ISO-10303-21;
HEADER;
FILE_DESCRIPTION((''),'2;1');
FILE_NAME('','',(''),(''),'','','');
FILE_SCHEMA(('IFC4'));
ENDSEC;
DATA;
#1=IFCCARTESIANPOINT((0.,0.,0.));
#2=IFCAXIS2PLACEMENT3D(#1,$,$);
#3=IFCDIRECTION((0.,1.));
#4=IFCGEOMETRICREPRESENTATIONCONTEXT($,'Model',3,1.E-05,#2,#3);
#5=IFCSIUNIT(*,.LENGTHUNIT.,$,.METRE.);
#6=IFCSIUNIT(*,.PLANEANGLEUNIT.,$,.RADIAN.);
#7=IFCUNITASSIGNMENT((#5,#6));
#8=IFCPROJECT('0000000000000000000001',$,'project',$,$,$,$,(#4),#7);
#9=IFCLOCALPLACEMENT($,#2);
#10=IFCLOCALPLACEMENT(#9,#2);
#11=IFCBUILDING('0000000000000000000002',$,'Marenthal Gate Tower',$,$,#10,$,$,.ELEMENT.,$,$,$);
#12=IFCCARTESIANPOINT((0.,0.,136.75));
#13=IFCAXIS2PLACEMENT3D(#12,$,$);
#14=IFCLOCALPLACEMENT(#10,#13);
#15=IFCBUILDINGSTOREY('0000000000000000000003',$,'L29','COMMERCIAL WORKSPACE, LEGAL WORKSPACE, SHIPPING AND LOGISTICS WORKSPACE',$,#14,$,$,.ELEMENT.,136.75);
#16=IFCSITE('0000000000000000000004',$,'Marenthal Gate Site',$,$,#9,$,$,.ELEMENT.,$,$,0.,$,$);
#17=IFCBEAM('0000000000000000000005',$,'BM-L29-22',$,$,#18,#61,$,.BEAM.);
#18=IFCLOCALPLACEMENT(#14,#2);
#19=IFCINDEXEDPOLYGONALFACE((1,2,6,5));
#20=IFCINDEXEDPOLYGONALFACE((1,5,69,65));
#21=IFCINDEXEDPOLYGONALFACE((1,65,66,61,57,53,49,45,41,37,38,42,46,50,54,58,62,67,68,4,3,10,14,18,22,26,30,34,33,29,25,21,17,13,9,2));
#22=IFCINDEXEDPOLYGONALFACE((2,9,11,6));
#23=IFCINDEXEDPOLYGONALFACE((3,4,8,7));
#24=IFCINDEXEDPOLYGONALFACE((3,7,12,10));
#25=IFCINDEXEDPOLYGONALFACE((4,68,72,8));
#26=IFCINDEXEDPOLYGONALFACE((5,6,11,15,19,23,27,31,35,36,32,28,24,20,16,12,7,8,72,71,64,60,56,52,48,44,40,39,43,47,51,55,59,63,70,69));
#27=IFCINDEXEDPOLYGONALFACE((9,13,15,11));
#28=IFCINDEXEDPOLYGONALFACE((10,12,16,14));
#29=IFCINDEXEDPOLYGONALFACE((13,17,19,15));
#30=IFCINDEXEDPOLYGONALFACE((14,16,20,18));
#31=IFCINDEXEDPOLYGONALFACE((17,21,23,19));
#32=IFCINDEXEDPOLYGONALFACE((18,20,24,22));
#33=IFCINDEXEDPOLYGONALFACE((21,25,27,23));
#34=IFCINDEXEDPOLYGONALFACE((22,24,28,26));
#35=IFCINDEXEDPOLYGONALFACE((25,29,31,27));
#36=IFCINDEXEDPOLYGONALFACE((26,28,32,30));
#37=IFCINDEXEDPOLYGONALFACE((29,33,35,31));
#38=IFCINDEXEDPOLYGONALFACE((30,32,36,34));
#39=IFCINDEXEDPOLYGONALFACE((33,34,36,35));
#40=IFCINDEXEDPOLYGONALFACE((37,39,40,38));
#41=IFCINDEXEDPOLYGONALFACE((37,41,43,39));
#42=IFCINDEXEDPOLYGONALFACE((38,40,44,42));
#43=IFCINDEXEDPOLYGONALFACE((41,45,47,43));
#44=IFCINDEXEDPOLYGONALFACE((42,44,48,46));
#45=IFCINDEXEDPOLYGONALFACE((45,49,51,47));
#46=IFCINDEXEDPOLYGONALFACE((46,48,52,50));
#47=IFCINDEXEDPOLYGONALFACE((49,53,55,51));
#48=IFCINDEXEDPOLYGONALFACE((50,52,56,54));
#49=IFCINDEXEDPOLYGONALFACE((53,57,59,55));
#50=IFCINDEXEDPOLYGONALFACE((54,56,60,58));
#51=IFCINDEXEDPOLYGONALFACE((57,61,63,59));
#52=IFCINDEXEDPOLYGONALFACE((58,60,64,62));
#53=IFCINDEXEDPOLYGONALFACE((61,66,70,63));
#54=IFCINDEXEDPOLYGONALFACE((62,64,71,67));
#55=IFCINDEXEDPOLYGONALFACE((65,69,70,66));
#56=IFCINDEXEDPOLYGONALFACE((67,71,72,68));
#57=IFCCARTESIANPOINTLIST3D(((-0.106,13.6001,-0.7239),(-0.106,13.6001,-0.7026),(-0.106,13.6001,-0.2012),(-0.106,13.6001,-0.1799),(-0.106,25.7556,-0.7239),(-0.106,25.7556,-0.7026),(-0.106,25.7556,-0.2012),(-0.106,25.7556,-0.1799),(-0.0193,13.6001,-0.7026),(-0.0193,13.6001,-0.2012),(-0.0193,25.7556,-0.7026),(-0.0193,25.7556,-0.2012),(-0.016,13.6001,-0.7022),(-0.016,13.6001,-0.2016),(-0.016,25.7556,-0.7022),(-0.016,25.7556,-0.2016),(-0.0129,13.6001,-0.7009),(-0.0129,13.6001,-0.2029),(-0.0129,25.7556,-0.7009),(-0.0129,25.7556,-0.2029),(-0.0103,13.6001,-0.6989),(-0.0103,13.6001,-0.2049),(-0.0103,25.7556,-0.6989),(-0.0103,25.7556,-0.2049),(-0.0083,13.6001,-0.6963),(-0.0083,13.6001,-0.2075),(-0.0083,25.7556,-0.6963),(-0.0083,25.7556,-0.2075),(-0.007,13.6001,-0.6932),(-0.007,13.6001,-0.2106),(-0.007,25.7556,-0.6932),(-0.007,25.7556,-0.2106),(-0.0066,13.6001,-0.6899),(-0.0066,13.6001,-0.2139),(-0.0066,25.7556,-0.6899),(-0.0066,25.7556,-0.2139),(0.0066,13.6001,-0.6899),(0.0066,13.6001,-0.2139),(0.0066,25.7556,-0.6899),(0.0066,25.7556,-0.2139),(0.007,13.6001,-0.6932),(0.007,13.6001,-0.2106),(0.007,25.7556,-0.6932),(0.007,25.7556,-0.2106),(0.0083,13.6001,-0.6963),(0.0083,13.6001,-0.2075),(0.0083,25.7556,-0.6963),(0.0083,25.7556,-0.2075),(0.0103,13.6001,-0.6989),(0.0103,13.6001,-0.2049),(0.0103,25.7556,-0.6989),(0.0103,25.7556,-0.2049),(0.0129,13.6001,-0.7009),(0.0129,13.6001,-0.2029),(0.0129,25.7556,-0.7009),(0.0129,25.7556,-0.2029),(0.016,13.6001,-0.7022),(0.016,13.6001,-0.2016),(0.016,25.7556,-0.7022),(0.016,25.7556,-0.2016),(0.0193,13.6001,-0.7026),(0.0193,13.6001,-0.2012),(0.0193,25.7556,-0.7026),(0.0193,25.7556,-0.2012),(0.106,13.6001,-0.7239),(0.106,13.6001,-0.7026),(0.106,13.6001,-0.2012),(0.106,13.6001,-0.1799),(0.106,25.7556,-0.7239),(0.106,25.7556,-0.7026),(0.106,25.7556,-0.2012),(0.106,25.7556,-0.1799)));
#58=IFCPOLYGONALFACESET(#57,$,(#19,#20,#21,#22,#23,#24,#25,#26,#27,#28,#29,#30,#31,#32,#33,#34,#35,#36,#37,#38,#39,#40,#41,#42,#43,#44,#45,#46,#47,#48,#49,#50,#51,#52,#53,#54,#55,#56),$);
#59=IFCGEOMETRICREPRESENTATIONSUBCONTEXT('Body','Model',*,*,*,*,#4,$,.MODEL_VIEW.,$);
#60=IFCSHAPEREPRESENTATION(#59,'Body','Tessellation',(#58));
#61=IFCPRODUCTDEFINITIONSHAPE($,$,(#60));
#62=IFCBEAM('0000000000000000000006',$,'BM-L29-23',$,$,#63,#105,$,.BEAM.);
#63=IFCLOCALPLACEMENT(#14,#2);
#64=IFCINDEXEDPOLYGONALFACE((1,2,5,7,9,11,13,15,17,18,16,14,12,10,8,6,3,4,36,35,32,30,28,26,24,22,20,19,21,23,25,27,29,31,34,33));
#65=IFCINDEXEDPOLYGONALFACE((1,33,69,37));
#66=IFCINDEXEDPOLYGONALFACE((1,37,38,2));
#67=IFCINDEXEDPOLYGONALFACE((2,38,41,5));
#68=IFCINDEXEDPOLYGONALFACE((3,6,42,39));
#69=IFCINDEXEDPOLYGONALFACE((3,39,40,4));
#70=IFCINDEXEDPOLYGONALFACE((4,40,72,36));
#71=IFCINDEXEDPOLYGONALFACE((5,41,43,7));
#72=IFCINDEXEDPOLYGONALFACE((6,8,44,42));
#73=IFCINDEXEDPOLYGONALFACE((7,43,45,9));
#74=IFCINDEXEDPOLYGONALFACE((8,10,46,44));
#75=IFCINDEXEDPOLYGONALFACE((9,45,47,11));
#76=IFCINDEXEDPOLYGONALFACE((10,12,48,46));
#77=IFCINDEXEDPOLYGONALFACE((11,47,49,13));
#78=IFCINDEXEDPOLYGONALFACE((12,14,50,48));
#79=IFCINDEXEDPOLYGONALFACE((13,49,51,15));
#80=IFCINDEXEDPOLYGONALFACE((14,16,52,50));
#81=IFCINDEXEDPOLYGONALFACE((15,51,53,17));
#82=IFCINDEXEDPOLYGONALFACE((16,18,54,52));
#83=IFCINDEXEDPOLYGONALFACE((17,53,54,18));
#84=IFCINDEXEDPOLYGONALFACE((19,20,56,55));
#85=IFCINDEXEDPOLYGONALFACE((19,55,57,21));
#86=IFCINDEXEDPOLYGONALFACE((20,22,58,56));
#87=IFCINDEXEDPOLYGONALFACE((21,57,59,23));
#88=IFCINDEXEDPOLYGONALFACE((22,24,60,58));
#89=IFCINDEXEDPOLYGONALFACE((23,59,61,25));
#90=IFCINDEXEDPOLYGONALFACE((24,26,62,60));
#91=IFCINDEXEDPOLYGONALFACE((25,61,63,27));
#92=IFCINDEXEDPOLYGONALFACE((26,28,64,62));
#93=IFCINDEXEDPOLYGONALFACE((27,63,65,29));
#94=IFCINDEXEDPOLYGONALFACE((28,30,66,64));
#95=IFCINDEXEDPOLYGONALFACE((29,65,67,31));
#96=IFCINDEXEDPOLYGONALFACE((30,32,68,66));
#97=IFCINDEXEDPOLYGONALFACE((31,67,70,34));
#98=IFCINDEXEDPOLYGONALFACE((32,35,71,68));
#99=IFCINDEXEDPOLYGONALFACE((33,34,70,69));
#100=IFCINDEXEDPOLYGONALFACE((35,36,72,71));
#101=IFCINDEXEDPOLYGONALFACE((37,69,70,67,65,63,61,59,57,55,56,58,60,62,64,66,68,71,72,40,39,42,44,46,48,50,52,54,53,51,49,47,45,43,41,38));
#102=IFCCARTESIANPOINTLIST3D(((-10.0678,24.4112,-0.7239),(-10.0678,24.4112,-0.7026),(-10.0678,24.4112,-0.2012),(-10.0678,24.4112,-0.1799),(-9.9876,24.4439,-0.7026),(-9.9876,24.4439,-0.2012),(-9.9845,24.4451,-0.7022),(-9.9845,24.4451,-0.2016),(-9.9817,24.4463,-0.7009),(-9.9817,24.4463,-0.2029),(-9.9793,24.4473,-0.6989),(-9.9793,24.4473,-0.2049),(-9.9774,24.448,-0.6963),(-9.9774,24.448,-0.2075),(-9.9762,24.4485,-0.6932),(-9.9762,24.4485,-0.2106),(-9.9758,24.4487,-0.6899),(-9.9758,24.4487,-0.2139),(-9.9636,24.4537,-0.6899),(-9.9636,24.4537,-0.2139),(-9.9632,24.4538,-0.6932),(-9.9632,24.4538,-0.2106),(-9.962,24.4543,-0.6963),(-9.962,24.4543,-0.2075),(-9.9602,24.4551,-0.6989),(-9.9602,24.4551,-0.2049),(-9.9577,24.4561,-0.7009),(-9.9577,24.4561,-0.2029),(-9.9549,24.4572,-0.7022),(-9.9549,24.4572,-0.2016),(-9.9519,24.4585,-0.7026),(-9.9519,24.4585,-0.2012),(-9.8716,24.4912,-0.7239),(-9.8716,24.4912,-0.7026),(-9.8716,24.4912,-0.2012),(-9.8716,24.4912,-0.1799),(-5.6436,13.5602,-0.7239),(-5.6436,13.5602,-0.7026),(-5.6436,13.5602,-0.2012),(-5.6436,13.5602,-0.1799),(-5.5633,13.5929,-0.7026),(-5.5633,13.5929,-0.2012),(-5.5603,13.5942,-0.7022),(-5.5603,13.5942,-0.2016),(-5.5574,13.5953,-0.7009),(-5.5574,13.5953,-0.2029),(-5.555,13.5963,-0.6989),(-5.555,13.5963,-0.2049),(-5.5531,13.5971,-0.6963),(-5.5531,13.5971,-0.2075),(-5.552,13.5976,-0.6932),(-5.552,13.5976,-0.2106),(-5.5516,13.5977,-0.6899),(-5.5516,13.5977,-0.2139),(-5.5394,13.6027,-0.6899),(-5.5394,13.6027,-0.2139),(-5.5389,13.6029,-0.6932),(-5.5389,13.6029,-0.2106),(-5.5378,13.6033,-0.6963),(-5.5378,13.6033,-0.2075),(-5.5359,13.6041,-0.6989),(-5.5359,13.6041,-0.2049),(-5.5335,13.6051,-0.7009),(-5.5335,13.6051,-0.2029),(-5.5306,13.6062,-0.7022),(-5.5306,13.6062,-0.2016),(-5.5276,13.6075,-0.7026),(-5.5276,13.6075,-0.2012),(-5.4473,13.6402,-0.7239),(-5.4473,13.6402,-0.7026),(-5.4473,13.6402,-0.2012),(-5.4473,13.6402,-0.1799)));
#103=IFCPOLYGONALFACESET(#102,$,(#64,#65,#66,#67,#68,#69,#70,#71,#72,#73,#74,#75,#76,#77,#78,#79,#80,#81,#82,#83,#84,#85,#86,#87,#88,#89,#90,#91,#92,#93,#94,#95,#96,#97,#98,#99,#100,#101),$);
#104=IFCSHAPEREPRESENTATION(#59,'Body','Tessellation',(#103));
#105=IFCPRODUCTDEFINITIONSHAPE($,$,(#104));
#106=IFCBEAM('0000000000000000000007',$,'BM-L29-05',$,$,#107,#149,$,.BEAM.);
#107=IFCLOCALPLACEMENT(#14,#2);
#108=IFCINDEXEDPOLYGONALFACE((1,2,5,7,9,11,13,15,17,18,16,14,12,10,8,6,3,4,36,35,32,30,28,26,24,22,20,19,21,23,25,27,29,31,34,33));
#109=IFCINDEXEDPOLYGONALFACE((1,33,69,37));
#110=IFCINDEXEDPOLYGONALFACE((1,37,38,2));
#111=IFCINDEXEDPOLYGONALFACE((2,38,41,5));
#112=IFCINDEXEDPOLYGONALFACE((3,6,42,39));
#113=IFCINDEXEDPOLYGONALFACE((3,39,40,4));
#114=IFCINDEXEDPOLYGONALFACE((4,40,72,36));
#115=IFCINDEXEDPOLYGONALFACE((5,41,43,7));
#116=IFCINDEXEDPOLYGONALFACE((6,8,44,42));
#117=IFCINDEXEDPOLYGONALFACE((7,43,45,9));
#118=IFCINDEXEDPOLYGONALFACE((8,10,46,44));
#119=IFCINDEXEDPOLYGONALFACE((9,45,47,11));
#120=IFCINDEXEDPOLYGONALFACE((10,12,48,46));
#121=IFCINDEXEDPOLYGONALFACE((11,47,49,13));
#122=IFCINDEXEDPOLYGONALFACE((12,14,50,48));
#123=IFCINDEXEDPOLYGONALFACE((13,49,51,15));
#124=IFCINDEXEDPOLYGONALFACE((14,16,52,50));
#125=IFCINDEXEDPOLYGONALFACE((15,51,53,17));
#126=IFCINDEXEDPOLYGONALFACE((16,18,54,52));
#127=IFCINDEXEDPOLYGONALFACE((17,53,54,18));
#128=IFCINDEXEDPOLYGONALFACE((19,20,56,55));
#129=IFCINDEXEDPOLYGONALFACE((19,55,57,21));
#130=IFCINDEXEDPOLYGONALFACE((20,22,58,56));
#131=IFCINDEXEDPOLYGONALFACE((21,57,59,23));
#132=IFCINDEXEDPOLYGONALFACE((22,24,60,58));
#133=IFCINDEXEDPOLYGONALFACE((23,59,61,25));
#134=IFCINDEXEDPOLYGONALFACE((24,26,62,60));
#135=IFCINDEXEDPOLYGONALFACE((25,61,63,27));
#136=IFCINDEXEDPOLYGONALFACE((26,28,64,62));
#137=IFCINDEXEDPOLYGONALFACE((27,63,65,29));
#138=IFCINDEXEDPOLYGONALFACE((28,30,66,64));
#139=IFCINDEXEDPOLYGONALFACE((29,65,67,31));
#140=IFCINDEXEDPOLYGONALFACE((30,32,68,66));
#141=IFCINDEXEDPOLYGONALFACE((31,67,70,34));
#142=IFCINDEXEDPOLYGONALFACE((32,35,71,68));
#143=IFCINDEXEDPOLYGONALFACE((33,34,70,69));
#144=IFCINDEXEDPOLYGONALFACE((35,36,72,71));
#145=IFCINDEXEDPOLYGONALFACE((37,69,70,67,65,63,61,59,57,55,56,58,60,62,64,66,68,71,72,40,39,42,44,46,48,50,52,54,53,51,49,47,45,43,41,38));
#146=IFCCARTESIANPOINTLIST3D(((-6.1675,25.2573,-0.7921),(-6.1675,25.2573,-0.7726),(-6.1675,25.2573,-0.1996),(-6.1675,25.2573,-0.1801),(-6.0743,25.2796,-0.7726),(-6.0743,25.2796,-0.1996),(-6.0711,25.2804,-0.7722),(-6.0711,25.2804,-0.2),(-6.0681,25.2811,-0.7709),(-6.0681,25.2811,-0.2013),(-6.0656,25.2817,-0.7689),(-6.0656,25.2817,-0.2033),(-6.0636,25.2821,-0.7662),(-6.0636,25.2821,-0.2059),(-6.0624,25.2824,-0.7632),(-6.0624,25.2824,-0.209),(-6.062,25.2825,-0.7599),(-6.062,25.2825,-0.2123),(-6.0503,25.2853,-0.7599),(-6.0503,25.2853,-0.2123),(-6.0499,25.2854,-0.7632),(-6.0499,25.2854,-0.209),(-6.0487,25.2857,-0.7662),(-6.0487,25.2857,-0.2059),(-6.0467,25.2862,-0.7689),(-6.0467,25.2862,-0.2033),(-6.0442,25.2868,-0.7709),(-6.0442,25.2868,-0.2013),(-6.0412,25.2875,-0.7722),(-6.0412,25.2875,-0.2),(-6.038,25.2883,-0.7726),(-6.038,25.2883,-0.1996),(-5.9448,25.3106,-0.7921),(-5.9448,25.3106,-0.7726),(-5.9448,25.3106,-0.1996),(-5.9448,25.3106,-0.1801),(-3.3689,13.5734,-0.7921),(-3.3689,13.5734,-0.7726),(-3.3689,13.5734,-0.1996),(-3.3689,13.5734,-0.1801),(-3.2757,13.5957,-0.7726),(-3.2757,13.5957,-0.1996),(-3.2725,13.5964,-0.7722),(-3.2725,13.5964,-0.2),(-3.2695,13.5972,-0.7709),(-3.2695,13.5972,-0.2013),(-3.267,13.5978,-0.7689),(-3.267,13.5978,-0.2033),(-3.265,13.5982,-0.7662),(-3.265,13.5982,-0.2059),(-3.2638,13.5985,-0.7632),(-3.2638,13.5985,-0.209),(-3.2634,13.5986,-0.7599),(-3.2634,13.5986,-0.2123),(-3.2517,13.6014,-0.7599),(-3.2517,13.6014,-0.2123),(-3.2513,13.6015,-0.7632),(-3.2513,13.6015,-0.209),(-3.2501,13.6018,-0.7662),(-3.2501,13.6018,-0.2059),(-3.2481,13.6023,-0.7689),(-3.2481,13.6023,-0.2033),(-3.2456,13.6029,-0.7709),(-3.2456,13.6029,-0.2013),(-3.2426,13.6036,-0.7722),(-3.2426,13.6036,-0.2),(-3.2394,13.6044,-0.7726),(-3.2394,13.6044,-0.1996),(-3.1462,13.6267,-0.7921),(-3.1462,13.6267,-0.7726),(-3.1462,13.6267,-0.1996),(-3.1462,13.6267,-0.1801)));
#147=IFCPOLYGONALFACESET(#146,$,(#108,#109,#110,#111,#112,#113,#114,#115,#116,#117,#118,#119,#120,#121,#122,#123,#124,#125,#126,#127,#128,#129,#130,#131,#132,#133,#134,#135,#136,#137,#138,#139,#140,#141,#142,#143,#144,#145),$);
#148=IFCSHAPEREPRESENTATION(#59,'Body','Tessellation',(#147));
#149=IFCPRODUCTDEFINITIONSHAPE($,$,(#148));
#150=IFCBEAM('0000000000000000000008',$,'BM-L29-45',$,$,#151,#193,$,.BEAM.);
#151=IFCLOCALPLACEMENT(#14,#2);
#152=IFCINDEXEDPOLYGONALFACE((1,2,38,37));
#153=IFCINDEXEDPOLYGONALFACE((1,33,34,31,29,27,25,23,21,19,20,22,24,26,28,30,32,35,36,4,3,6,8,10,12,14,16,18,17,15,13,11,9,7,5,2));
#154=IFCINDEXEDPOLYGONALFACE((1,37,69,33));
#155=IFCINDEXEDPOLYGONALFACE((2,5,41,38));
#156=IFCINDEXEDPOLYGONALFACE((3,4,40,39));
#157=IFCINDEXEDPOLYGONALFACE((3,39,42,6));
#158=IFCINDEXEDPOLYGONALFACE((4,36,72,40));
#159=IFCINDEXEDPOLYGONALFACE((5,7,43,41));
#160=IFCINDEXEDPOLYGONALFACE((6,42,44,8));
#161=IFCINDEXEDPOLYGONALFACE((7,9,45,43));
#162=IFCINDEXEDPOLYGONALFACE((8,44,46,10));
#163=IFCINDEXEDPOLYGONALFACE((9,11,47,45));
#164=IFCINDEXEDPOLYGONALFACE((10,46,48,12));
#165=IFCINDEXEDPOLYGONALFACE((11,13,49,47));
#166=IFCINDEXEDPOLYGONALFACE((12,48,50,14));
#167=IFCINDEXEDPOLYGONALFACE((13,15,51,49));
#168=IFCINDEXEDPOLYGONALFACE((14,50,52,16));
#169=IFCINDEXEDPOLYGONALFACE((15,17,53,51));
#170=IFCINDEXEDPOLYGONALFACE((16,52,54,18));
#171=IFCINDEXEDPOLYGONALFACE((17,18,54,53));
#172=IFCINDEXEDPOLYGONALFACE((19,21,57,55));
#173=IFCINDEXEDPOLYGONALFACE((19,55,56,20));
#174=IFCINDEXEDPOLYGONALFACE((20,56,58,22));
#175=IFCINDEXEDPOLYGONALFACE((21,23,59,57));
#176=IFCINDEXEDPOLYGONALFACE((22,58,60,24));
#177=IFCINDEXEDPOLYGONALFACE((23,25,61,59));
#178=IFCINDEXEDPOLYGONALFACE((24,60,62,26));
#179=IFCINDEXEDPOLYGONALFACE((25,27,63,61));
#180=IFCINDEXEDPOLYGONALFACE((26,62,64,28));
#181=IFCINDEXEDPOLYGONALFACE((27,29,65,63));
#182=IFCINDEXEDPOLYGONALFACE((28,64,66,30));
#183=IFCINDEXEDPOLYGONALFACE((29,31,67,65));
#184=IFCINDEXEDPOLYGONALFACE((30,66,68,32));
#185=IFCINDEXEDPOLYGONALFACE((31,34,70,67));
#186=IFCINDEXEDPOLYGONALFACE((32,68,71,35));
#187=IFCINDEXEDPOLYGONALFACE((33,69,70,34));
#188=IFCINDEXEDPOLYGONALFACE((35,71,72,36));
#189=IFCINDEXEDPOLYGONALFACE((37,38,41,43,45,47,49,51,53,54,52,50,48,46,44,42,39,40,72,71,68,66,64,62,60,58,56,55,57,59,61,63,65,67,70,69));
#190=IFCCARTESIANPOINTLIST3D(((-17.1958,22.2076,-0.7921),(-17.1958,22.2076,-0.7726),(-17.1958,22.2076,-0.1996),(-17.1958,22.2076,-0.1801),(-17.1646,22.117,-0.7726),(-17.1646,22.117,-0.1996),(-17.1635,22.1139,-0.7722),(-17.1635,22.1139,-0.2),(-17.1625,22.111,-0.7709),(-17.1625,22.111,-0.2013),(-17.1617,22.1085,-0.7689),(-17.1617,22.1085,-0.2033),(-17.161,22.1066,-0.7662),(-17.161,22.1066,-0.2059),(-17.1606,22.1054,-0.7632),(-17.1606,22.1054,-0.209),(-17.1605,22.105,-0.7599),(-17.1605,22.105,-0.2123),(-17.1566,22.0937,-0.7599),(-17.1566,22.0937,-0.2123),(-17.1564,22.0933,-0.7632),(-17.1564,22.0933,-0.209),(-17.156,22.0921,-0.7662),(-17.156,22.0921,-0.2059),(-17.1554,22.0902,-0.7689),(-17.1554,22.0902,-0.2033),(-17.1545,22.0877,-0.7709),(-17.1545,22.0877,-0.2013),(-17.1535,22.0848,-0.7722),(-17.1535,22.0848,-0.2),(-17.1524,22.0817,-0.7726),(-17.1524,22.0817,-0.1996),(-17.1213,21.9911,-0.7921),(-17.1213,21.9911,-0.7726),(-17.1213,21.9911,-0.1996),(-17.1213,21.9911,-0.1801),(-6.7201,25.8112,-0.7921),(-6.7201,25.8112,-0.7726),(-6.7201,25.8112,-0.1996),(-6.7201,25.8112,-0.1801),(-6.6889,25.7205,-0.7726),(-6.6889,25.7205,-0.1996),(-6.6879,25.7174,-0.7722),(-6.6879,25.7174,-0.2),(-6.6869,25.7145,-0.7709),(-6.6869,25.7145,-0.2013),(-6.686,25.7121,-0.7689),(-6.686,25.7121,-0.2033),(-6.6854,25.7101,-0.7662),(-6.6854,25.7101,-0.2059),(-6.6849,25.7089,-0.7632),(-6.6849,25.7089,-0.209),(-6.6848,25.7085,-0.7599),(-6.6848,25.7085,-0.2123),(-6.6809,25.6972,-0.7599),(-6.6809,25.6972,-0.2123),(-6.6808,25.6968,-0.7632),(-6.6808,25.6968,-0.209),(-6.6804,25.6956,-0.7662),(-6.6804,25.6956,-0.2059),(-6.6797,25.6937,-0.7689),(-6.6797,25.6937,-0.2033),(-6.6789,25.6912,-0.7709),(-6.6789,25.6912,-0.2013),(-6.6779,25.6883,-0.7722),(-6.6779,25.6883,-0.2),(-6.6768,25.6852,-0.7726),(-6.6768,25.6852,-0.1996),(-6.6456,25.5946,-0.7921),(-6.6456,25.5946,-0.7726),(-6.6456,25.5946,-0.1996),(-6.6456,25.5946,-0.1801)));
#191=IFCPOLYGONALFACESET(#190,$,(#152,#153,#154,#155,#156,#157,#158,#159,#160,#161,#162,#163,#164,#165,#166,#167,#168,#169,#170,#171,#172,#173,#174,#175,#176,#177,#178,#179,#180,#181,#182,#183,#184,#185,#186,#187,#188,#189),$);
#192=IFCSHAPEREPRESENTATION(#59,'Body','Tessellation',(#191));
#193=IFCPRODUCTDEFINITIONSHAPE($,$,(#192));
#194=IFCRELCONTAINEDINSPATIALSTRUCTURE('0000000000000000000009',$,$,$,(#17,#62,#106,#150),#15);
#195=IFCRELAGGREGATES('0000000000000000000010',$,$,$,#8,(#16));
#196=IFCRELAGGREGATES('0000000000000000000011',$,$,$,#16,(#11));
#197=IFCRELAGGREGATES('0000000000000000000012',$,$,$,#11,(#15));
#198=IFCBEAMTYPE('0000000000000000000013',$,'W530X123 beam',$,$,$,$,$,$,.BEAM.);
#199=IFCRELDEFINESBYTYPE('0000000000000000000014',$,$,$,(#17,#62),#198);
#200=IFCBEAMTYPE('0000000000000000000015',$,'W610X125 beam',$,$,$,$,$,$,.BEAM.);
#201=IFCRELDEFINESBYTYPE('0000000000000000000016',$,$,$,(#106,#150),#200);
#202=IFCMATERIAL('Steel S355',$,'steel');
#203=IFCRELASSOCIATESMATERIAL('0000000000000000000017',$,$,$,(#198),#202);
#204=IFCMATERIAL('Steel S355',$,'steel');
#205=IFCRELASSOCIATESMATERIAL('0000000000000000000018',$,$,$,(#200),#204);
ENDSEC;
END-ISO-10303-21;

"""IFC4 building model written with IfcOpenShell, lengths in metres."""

from ifc_helpers import new_model, si_unit, direction, frame, origin, origin_2d, place, context, subcontext, project, spatial, i_section, extrude, material, material_profile, profile_set, type_object, element, save


model = new_model("IFC4")

# Units and contexts
model_context = context("Model", 3, precision=1e-05, world=origin(), true_north=direction((0.0, 1.0)))
body_context = subcontext(model_context, "Body", "Model", "MODEL_VIEW")
ifc_project = project(units=[si_unit("LENGTHUNIT", "METRE"), si_unit("PLANEANGLEUNIT", "RADIAN")], contexts=[model_context])

# Site, building, storey
site_placement = place(None, origin())
site = spatial("IfcSite", under=ifc_project, at=site_placement, Name="Marenthal Gate Site", CompositionType="ELEMENT", RefElevation=0.0)
building_placement = place(site_placement, origin())
building = spatial("IfcBuilding", under=site, at=building_placement, Name="Marenthal Gate Tower", CompositionType="ELEMENT")
storey_placement = place(building_placement, frame((0.0, 0.0, 136.75)))
storey = spatial("IfcBuildingStorey", under=building, at=storey_placement, Name="L29", Description="COMMERCIAL WORKSPACE, LEGAL WORKSPACE, SHIPPING AND LOGISTICS WORKSPACE", CompositionType="ELEMENT", Elevation=136.75)

# Beams
ifc_material_1 = material(Name="Steel S355", Category="steel")
ifc_material_profile_1 = material_profile(ifc_material_1, i_section(OverallWidth=0.2119, OverallDepth=0.5439, WebThickness=0.0132, FlangeThickness=0.0212, FilletRadius=0.0127, at=origin_2d()), Name="W530X123")
ifc_profile_set_1 = profile_set([ifc_material_profile_1], Name="Steel S355")
beam_type_1 = type_object("IfcBeamType", Name="W530X123 beam", PredefinedType="BEAM", material=ifc_profile_set_1)
beam_1_placement = place(storey_placement, frame((0.0, 25.7556, -0.4519), z_axis=(0.0, -1.0, 0.0), x_axis=(1.0, 0.0, 0.0)))
element("IfcBeam", 1, at=beam_1_placement, inside=storey, type_object=beam_type_1, Name="BM-L29-22", PredefinedType="BEAM", context=body_context, shape_type="SweptSolid", body=[
    extrude(i_section(OverallWidth=0.2119, OverallDepth=0.5439, WebThickness=0.0132, FlangeThickness=0.0212, FilletRadius=0.0127, at=origin_2d()), origin(), (0.0, 0.0, 1.0), 12.1555),
])
beam_2_placement = place(storey_placement, frame((-9.9697, 24.4512, -0.4519), z_axis=(0.377554, -0.925988, 0.0), x_axis=(0.925988, 0.377554, 0.0)))
element("IfcBeam", 2, at=beam_2_placement, inside=storey, type_object=beam_type_1, Name="BM-L29-23", PredefinedType="BEAM", context=body_context, shape_type="SweptSolid", body=[
    extrude(i_section(OverallWidth=0.2119, OverallDepth=0.5439, WebThickness=0.0132, FlangeThickness=0.0212, FilletRadius=0.0127, at=origin_2d()), origin(), (0.0, 0.0, 1.0), 11.7183),
])
ifc_material_2 = material(Name="Steel S355", Category="steel")
ifc_material_profile_2 = material_profile(ifc_material_2, i_section(OverallWidth=0.229, OverallDepth=0.6121, WebThickness=0.012, FlangeThickness=0.0195, FilletRadius=0.0127, at=origin_2d()), Name="W610X125")
ifc_profile_set_2 = profile_set([ifc_material_profile_2], Name="Steel S355")
beam_type_2 = type_object("IfcBeamType", Name="W610X125 beam", PredefinedType="BEAM", material=ifc_profile_set_2)
beam_3_placement = place(storey_placement, frame((-6.0562, 25.2839, -0.4861), z_axis=(0.232937, -0.972492, 0.0), x_axis=(0.972492, 0.232937, 0.0)))
element("IfcBeam", 3, at=beam_3_placement, inside=storey, type_object=beam_type_2, Name="BM-L29-05", PredefinedType="BEAM", context=body_context, shape_type="SweptSolid", body=[
    extrude(i_section(OverallWidth=0.229, OverallDepth=0.6121, WebThickness=0.012, FlangeThickness=0.0195, FilletRadius=0.0127, at=origin_2d()), origin(), (0.0, 0.0, 1.0), 12.0144),
])
beam_4_placement = place(storey_placement, frame((-6.6829, 25.7029, -0.4861), z_axis=(-0.945616, -0.325284, 0.0), x_axis=(0.325284, -0.945616, 0.0)))
element("IfcBeam", 4, at=beam_4_placement, inside=storey, type_object=beam_type_2, Name="BM-L29-45", PredefinedType="BEAM", context=body_context, shape_type="SweptSolid", body=[
    extrude(i_section(OverallWidth=0.229, OverallDepth=0.6121, WebThickness=0.012, FlangeThickness=0.0195, FilletRadius=0.0127, at=origin_2d()), origin(), (0.0, 0.0, 1.0), 11.0781),
])

save(model, "model.ifc")
